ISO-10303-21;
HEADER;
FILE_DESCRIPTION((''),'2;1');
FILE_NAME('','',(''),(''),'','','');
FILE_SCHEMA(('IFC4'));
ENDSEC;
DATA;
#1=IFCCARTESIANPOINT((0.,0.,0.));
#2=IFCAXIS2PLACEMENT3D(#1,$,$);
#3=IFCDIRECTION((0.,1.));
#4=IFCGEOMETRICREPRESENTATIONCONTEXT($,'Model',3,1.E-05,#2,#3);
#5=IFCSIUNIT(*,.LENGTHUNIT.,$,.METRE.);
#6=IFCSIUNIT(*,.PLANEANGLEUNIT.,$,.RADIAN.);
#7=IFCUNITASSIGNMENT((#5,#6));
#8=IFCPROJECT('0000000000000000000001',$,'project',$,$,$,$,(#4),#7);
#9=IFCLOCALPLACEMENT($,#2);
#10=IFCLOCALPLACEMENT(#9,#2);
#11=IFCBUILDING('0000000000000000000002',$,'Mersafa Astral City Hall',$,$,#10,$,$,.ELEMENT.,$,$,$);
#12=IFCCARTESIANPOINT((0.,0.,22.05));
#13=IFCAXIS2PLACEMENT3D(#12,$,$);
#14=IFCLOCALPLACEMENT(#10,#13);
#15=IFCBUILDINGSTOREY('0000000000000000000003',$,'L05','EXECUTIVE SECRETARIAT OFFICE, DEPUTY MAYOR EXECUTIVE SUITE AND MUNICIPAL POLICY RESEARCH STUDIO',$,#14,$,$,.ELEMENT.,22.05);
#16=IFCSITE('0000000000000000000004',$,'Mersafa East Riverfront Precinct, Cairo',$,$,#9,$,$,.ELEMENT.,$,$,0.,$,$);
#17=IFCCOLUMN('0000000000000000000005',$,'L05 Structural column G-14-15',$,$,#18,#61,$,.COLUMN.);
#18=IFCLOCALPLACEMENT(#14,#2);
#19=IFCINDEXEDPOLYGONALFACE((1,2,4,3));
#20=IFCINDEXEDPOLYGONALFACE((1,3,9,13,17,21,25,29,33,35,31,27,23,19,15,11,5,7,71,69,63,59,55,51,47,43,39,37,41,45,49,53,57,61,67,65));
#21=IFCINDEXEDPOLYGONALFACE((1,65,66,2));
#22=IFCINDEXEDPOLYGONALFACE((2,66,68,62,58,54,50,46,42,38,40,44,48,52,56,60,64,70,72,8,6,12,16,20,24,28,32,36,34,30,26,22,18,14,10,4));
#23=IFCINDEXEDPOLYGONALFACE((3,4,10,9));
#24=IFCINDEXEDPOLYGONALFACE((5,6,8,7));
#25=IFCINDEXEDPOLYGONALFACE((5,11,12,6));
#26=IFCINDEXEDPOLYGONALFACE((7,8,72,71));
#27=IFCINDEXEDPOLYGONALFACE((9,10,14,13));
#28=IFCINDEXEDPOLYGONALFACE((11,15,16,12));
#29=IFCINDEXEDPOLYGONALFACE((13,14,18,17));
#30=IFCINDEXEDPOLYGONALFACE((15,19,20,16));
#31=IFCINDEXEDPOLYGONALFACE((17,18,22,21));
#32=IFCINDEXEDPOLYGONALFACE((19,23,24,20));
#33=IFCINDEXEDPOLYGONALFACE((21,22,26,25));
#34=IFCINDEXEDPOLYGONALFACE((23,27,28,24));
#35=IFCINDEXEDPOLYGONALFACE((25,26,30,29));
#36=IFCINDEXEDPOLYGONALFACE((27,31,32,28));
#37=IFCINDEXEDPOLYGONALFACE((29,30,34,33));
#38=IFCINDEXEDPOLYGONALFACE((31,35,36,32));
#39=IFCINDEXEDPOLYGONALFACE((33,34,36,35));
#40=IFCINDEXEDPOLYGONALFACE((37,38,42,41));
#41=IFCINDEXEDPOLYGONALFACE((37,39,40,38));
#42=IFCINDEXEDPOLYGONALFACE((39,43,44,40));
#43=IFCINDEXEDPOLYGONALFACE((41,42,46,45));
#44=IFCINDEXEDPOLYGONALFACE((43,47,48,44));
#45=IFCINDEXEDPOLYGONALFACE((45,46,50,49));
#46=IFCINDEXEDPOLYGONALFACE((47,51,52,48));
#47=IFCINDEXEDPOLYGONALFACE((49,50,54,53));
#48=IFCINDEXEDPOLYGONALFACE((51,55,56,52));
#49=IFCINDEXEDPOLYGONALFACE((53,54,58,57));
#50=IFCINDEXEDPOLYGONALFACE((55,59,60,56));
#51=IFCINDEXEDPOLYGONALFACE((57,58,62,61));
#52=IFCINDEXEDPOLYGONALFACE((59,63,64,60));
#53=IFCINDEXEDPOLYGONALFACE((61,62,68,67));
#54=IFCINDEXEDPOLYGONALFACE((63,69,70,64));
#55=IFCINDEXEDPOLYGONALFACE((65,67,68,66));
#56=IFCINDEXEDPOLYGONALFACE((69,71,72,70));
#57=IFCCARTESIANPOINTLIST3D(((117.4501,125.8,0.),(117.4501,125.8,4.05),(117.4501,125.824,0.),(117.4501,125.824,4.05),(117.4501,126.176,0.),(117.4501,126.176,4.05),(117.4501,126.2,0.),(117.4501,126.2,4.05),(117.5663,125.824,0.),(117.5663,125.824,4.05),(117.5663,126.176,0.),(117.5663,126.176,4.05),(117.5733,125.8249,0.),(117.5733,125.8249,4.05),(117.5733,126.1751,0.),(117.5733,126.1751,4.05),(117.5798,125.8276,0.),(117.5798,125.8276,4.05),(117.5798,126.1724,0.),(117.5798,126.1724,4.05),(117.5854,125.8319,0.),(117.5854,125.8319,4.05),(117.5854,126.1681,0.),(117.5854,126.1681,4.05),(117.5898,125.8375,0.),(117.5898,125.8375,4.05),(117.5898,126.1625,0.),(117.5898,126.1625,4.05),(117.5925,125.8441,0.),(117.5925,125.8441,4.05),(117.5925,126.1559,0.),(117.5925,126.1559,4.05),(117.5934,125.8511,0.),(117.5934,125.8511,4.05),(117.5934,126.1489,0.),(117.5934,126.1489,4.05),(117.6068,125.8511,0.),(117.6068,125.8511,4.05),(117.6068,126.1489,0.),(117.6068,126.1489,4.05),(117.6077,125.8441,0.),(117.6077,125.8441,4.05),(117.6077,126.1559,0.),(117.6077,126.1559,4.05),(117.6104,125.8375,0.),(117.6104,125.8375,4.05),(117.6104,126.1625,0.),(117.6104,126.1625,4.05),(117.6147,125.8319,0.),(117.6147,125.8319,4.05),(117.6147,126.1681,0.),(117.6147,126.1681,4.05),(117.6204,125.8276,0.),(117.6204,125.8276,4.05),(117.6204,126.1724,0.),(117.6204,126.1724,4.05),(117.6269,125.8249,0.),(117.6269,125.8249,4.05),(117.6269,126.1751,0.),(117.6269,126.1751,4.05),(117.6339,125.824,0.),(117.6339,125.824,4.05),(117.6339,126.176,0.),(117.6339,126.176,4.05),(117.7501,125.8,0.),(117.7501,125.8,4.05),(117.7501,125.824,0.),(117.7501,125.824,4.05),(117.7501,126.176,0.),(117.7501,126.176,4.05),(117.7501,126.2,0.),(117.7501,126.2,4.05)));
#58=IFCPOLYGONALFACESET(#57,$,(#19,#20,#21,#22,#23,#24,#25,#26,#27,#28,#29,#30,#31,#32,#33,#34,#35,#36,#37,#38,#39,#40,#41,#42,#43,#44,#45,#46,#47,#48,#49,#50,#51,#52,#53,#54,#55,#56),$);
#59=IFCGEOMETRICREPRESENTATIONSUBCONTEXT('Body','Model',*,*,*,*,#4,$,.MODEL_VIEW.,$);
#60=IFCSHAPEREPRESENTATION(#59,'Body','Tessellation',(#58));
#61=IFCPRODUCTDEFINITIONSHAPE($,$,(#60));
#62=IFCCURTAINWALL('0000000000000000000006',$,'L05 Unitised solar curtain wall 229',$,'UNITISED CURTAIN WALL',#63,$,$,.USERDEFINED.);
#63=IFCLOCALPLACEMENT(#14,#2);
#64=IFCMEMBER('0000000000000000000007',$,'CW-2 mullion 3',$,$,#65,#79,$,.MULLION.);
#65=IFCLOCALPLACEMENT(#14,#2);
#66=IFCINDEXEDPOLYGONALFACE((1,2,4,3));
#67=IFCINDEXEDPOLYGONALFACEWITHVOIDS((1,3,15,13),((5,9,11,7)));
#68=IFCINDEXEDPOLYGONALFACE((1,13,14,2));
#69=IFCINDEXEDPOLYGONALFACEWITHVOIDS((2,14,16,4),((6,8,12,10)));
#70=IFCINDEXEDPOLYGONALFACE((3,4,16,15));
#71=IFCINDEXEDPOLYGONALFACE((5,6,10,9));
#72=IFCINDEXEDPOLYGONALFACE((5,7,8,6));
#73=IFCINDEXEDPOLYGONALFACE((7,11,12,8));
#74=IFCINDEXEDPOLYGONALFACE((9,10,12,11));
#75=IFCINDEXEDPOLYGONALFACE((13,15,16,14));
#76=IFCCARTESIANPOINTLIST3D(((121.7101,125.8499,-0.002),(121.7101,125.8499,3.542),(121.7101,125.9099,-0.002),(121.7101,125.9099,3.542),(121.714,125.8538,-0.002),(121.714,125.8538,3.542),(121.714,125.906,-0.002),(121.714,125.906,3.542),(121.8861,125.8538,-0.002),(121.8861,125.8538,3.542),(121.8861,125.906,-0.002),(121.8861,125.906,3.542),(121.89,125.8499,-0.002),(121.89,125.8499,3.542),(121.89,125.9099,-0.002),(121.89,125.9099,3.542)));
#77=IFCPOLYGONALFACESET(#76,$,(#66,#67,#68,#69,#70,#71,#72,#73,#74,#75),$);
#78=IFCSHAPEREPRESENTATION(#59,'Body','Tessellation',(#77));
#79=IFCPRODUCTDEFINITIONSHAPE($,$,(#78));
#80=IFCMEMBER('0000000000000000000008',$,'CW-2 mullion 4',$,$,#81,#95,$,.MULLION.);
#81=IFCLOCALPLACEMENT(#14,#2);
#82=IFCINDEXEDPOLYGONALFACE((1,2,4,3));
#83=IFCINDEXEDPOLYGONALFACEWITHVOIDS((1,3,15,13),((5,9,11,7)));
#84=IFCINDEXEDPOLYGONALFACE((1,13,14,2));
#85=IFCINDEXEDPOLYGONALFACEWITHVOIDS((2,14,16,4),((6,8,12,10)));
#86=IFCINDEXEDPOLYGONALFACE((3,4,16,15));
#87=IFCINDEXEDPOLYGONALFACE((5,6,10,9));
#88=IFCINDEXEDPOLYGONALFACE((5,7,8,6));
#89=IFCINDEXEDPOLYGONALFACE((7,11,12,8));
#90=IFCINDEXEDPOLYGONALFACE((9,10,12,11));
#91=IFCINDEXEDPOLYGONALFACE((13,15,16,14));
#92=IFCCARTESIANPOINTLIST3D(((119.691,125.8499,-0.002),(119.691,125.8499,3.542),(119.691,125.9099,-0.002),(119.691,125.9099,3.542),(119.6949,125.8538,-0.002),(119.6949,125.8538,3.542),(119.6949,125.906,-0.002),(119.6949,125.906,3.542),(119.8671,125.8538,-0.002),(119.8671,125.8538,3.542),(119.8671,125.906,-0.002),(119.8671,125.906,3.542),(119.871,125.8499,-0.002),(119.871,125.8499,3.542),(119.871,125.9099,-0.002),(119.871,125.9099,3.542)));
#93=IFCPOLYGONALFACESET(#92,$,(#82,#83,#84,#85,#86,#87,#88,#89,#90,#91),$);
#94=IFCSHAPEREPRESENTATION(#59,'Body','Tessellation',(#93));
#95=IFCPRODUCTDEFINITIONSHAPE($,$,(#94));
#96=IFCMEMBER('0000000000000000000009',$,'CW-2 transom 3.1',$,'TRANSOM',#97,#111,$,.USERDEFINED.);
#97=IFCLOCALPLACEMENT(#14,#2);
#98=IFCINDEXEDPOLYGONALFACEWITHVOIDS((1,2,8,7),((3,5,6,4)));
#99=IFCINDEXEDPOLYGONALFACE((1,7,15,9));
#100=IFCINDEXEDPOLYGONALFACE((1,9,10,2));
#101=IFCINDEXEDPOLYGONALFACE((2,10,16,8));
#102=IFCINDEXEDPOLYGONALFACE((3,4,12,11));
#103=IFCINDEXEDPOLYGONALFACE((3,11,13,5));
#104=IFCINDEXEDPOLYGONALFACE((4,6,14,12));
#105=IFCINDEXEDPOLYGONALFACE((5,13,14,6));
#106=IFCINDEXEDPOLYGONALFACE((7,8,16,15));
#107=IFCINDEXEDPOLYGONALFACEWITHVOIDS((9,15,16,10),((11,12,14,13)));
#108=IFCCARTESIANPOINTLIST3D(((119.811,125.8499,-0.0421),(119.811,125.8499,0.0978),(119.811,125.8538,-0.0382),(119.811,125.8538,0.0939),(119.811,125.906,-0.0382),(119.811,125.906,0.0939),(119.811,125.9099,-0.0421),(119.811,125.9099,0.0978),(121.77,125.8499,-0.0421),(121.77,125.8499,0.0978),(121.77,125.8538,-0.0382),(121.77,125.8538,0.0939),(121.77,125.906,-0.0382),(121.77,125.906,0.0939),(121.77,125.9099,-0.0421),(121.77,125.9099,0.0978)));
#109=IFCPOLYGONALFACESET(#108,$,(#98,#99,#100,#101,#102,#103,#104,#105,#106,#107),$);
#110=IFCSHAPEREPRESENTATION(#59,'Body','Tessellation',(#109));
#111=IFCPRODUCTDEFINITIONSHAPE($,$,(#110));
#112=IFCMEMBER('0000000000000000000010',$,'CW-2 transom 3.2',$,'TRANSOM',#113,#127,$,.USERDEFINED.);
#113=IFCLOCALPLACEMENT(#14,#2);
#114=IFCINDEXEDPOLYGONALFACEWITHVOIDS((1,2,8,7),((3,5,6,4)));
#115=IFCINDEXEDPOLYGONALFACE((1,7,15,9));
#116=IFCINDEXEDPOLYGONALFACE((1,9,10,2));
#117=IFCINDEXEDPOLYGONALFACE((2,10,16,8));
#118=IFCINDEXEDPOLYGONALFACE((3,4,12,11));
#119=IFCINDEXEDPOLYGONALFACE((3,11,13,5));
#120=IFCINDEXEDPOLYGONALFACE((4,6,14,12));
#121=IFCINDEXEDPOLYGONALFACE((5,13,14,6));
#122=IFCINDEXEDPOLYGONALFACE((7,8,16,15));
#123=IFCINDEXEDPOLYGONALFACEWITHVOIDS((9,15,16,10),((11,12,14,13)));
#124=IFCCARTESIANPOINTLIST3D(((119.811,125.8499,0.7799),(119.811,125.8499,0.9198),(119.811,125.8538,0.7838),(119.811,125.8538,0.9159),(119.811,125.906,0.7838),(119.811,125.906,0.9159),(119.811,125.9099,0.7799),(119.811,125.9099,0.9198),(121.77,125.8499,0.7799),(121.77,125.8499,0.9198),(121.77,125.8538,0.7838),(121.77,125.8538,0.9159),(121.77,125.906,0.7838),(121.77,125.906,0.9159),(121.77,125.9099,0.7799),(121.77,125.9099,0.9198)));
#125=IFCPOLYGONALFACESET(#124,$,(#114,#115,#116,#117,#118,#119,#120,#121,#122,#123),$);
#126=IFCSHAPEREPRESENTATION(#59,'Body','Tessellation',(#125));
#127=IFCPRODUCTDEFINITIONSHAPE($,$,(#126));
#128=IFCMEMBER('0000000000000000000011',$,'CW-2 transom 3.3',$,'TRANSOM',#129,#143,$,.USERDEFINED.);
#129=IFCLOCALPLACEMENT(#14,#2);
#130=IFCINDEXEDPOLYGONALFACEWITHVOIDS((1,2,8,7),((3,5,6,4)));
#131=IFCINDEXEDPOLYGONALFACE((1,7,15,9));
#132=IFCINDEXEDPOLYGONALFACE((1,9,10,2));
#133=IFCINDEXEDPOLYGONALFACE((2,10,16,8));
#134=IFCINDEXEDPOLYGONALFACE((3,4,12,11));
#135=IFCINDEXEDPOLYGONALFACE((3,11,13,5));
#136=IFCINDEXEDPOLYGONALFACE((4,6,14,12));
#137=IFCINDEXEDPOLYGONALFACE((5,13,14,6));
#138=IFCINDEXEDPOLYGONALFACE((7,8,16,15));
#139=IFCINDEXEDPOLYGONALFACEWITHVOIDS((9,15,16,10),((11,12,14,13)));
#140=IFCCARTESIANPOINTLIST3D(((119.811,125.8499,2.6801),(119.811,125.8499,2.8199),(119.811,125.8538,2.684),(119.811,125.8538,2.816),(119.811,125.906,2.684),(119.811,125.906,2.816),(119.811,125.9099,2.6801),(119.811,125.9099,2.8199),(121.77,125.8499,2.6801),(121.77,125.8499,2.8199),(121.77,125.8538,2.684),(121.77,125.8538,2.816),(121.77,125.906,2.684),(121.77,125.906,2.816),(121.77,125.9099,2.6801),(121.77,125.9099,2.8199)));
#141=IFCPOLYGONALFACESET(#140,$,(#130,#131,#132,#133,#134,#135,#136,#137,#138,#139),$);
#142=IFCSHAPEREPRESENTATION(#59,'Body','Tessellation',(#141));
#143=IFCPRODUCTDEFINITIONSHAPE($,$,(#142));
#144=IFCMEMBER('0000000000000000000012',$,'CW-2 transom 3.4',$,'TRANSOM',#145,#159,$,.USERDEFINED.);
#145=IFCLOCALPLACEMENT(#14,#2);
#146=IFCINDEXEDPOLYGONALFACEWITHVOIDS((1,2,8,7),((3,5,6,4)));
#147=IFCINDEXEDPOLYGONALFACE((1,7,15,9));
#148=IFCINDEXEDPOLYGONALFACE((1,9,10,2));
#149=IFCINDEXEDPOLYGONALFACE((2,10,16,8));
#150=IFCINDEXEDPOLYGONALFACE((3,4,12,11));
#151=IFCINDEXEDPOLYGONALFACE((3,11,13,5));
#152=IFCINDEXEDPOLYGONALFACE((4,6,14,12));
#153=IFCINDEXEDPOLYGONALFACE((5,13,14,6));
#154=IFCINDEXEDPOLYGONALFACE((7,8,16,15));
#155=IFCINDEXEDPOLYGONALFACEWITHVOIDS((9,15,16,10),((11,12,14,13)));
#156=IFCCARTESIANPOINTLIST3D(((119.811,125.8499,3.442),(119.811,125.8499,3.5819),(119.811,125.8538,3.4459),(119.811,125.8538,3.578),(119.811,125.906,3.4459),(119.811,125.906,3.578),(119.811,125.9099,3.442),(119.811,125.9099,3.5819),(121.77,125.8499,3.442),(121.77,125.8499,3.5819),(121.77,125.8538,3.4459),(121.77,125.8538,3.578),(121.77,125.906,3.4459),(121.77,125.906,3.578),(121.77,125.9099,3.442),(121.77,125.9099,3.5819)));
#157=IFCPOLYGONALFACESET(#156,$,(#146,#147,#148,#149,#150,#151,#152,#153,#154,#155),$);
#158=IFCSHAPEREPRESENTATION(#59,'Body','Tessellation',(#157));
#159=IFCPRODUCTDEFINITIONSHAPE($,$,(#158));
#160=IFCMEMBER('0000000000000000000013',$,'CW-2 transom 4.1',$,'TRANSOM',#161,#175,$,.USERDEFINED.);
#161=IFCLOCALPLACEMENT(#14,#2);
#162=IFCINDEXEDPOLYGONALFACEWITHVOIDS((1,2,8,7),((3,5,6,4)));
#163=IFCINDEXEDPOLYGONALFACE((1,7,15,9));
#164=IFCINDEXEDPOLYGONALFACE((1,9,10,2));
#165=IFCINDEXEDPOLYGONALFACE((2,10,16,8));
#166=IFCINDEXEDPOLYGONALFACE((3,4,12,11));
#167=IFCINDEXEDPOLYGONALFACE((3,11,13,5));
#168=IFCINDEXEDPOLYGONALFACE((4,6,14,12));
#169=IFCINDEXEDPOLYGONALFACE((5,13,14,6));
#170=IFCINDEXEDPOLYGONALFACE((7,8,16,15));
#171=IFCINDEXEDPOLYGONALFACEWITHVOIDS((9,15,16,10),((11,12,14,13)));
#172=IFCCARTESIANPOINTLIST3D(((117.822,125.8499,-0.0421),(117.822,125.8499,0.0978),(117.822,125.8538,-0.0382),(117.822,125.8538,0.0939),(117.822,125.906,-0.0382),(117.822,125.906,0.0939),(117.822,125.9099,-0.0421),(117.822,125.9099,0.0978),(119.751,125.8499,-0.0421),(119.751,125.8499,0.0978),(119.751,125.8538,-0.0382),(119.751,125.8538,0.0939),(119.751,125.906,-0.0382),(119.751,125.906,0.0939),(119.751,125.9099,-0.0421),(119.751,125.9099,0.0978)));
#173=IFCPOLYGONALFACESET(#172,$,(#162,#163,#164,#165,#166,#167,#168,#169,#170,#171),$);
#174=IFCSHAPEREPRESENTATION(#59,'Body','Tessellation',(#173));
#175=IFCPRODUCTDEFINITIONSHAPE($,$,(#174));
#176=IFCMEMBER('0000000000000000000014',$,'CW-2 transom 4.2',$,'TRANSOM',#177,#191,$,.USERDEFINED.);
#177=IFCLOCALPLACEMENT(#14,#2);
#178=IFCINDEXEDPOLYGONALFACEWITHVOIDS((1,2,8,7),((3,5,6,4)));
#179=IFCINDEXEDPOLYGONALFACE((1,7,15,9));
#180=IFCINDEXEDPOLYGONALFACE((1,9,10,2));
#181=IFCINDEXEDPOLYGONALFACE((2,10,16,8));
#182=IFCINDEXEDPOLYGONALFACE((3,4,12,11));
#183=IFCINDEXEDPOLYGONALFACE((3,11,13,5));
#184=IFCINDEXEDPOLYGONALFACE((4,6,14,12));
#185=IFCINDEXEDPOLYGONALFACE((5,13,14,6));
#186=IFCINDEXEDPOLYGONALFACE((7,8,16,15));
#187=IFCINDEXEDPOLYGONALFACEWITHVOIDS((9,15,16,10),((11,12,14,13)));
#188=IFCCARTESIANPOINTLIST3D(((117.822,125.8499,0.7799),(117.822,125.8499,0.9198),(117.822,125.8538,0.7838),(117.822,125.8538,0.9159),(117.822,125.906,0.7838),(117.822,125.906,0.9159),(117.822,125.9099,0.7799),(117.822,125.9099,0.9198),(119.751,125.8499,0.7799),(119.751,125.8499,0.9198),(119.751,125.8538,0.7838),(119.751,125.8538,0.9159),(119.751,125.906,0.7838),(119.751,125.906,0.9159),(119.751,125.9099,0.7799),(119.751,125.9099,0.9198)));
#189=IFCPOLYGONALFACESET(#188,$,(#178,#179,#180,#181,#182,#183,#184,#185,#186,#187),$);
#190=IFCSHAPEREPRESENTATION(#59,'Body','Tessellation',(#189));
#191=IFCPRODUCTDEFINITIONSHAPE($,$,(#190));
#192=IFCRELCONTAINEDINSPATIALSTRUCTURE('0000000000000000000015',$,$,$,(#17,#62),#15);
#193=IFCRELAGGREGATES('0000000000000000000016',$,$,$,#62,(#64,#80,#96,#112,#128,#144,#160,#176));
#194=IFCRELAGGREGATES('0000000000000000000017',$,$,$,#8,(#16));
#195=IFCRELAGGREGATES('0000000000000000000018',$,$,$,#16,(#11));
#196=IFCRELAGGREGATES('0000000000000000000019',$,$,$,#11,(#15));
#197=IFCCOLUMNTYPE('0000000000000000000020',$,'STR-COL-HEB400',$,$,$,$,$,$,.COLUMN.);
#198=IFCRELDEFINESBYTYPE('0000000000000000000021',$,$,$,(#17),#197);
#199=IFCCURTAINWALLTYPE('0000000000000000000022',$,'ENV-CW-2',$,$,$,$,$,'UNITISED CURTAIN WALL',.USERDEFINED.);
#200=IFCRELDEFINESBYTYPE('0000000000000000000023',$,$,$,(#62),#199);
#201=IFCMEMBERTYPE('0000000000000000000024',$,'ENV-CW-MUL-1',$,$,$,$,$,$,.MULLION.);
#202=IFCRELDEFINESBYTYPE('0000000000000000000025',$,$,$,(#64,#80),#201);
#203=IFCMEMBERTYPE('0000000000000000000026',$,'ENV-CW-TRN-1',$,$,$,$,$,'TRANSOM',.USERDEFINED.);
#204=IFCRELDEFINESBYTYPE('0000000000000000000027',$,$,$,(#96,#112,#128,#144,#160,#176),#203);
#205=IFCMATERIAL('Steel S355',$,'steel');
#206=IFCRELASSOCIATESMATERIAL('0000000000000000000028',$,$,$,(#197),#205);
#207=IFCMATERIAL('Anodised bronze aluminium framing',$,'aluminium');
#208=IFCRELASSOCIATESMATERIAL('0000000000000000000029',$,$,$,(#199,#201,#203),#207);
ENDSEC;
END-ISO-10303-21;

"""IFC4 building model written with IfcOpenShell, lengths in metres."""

from ifc_helpers import new_model, si_unit, direction, frame, origin, origin_2d, place, context, subcontext, project, spatial, hollow_rectangle, i_section, extrude, material, material_profile, profile_set, type_object, element, aggregate, save


model = new_model("IFC4")

# Units and contexts
model_context = context("Model", 3, precision=1e-05, world=origin(), true_north=direction((0.0, 1.0)))
body_context = subcontext(model_context, "Body", "Model", "MODEL_VIEW")
ifc_project = project(units=[si_unit("LENGTHUNIT", "METRE"), si_unit("PLANEANGLEUNIT", "RADIAN")], contexts=[model_context])

# Site, building, storey
site_placement = place(None, origin())
site = spatial("IfcSite", under=ifc_project, at=site_placement, Name="Mersafa East Riverfront Precinct, Cairo", CompositionType="ELEMENT", RefElevation=0.0)
building_placement = place(site_placement, origin())
building = spatial("IfcBuilding", under=site, at=building_placement, Name="Mersafa Astral City Hall", CompositionType="ELEMENT")
storey_placement = place(building_placement, frame((0.0, 0.0, 22.05)))
storey = spatial("IfcBuildingStorey", under=building, at=storey_placement, Name="L05", Description="EXECUTIVE SECRETARIAT OFFICE, DEPUTY MAYOR EXECUTIVE SUITE AND MUNICIPAL POLICY RESEARCH STUDIO", CompositionType="ELEMENT", Elevation=22.05)

# Column
ifc_material_1 = material(Name="Steel S355", Category="steel")
ifc_material_profile_1 = material_profile(ifc_material_1, i_section(OverallWidth=0.3, OverallDepth=0.3999, WebThickness=0.0134, FlangeThickness=0.0239, FilletRadius=0.0271, at=origin_2d()), Name="HEB 400")
ifc_profile_set_1 = profile_set([ifc_material_profile_1], Name="Steel S355")
column_type = type_object("IfcColumnType", Name="STR-COL-HEB400", PredefinedType="COLUMN", material=ifc_profile_set_1)
column_placement = place(storey_placement, frame((117.6001, 126.0, 0.0), z_axis=(0.0, 0.0, 1.0), x_axis=(1.0, 0.0, 0.0)))
element("IfcColumn", 1, at=column_placement, inside=storey, type_object=column_type, Name="L05 Structural column G-14-15", PredefinedType="COLUMN", context=body_context, shape_type="SweptSolid", body=[
    extrude(i_section(OverallWidth=0.3, OverallDepth=0.3999, WebThickness=0.0134, FlangeThickness=0.0239, FilletRadius=0.0271, at=origin_2d()), origin(), (0.0, 0.0, 1.0), 4.05),
])

# Curtain wall, members
ifc_material_2 = material(Name="Anodised bronze aluminium framing", Category="aluminium")
curtain_wall_type = type_object("IfcCurtainWallType", Name="ENV-CW-2", ElementType="UNITISED CURTAIN WALL", PredefinedType="USERDEFINED", material=ifc_material_2)
curtain_wall_placement = place(storey_placement, origin())
curtain_wall = element("IfcCurtainWall", 2, at=curtain_wall_placement, inside=storey, type_object=curtain_wall_type, Name="L05 Unitised solar curtain wall 229", ObjectType="UNITISED CURTAIN WALL", PredefinedType="USERDEFINED")
ifc_material_profile_2 = material_profile(ifc_material_2, hollow_rectangle(XDim=0.0601, YDim=0.1799, WallThickness=0.0039, at=origin_2d()), Name="RHS 60x180x4")
ifc_profile_set_2 = profile_set([ifc_material_profile_2], Name="Anodised bronze aluminium framing")
member_type_1 = type_object("IfcMemberType", Name="ENV-CW-MUL-1", PredefinedType="MULLION", material=ifc_profile_set_2)
member_1_placement = place(storey_placement, frame((121.8, 125.8799, -0.002), z_axis=(0.0, 0.0, 1.0), x_axis=(0.0, -1.0, 0.0)))
member_1 = element("IfcMember", 3, at=member_1_placement, type_object=member_type_1, Name="CW-2 mullion 3", PredefinedType="MULLION", context=body_context, shape_type="SweptSolid", body=[
    extrude(hollow_rectangle(XDim=0.0601, YDim=0.1799, WallThickness=0.0039, at=origin_2d()), origin(), (0.0, 0.0, 1.0), 3.5439),
])
member_2_placement = place(storey_placement, frame((119.781, 125.8799, -0.002), z_axis=(0.0, 0.0, 1.0), x_axis=(0.0, -1.0, 0.0)))
member_2 = element("IfcMember", 4, at=member_2_placement, type_object=member_type_1, Name="CW-2 mullion 4", PredefinedType="MULLION", context=body_context, shape_type="SweptSolid", body=[
    extrude(hollow_rectangle(XDim=0.0601, YDim=0.1799, WallThickness=0.0039, at=origin_2d()), origin(), (0.0, 0.0, 1.0), 3.5439),
])
ifc_material_profile_3 = material_profile(ifc_material_2, hollow_rectangle(XDim=0.0601, YDim=0.1399, WallThickness=0.0039, at=origin_2d()), Name="RHS 60x140x4")
ifc_profile_set_3 = profile_set([ifc_material_profile_3], Name="Anodised bronze aluminium framing")
member_type_2 = type_object("IfcMemberType", Name="ENV-CW-TRN-1", ElementType="TRANSOM", PredefinedType="USERDEFINED", material=ifc_profile_set_3)
member_3_placement = place(storey_placement, frame((121.77, 125.8799, 0.0278), z_axis=(-1.0, 0.0, 0.0), x_axis=(0.0, -1.0, 0.0)))
member_3 = element("IfcMember", 5, at=member_3_placement, type_object=member_type_2, Name="CW-2 transom 3.1", ObjectType="TRANSOM", PredefinedType="USERDEFINED", context=body_context, shape_type="SweptSolid", body=[
    extrude(hollow_rectangle(XDim=0.0601, YDim=0.1399, WallThickness=0.0039, at=origin_2d()), origin(), (0.0, 0.0, 1.0), 1.959),
])
member_4_placement = place(storey_placement, frame((121.77, 125.8799, 0.8499), z_axis=(-1.0, 0.0, 0.0), x_axis=(0.0, -1.0, 0.0)))
member_4 = element("IfcMember", 6, at=member_4_placement, type_object=member_type_2, Name="CW-2 transom 3.2", ObjectType="TRANSOM", PredefinedType="USERDEFINED", context=body_context, shape_type="SweptSolid", body=[
    extrude(hollow_rectangle(XDim=0.0601, YDim=0.1399, WallThickness=0.0039, at=origin_2d()), origin(), (0.0, 0.0, 1.0), 1.959),
])
member_5_placement = place(storey_placement, frame((121.77, 125.8799, 2.75), z_axis=(-1.0, 0.0, 0.0), x_axis=(0.0, -1.0, 0.0)))
member_5 = element("IfcMember", 7, at=member_5_placement, type_object=member_type_2, Name="CW-2 transom 3.3", ObjectType="TRANSOM", PredefinedType="USERDEFINED", context=body_context, shape_type="SweptSolid", body=[
    extrude(hollow_rectangle(XDim=0.0601, YDim=0.1399, WallThickness=0.0039, at=origin_2d()), origin(), (0.0, 0.0, 1.0), 1.959),
])
member_6_placement = place(storey_placement, frame((121.77, 125.8799, 3.512), z_axis=(-1.0, 0.0, 0.0), x_axis=(0.0, -1.0, 0.0)))
member_6 = element("IfcMember", 8, at=member_6_placement, type_object=member_type_2, Name="CW-2 transom 3.4", ObjectType="TRANSOM", PredefinedType="USERDEFINED", context=body_context, shape_type="SweptSolid", body=[
    extrude(hollow_rectangle(XDim=0.0601, YDim=0.1399, WallThickness=0.0039, at=origin_2d()), origin(), (0.0, 0.0, 1.0), 1.959),
])
member_7_placement = place(storey_placement, frame((119.751, 125.8799, 0.0278), z_axis=(-1.0, 0.0, 0.0), x_axis=(0.0, -1.0, 0.0)))
member_7 = element("IfcMember", 9, at=member_7_placement, type_object=member_type_2, Name="CW-2 transom 4.1", ObjectType="TRANSOM", PredefinedType="USERDEFINED", context=body_context, shape_type="SweptSolid", body=[
    extrude(hollow_rectangle(XDim=0.0601, YDim=0.1399, WallThickness=0.0039, at=origin_2d()), origin(), (0.0, 0.0, 1.0), 1.929),
])
member_8_placement = place(storey_placement, frame((119.751, 125.8799, 0.8499), z_axis=(-1.0, 0.0, 0.0), x_axis=(0.0, -1.0, 0.0)))
member_8 = element("IfcMember", 10, at=member_8_placement, type_object=member_type_2, Name="CW-2 transom 4.2", ObjectType="TRANSOM", PredefinedType="USERDEFINED", context=body_context, shape_type="SweptSolid", body=[
    extrude(hollow_rectangle(XDim=0.0601, YDim=0.1399, WallThickness=0.0039, at=origin_2d()), origin(), (0.0, 0.0, 1.0), 1.929),
])

aggregate(curtain_wall, [member_1, member_2, member_3, member_4, member_5, member_6, member_7, member_8])

save(model, "model.ifc")
